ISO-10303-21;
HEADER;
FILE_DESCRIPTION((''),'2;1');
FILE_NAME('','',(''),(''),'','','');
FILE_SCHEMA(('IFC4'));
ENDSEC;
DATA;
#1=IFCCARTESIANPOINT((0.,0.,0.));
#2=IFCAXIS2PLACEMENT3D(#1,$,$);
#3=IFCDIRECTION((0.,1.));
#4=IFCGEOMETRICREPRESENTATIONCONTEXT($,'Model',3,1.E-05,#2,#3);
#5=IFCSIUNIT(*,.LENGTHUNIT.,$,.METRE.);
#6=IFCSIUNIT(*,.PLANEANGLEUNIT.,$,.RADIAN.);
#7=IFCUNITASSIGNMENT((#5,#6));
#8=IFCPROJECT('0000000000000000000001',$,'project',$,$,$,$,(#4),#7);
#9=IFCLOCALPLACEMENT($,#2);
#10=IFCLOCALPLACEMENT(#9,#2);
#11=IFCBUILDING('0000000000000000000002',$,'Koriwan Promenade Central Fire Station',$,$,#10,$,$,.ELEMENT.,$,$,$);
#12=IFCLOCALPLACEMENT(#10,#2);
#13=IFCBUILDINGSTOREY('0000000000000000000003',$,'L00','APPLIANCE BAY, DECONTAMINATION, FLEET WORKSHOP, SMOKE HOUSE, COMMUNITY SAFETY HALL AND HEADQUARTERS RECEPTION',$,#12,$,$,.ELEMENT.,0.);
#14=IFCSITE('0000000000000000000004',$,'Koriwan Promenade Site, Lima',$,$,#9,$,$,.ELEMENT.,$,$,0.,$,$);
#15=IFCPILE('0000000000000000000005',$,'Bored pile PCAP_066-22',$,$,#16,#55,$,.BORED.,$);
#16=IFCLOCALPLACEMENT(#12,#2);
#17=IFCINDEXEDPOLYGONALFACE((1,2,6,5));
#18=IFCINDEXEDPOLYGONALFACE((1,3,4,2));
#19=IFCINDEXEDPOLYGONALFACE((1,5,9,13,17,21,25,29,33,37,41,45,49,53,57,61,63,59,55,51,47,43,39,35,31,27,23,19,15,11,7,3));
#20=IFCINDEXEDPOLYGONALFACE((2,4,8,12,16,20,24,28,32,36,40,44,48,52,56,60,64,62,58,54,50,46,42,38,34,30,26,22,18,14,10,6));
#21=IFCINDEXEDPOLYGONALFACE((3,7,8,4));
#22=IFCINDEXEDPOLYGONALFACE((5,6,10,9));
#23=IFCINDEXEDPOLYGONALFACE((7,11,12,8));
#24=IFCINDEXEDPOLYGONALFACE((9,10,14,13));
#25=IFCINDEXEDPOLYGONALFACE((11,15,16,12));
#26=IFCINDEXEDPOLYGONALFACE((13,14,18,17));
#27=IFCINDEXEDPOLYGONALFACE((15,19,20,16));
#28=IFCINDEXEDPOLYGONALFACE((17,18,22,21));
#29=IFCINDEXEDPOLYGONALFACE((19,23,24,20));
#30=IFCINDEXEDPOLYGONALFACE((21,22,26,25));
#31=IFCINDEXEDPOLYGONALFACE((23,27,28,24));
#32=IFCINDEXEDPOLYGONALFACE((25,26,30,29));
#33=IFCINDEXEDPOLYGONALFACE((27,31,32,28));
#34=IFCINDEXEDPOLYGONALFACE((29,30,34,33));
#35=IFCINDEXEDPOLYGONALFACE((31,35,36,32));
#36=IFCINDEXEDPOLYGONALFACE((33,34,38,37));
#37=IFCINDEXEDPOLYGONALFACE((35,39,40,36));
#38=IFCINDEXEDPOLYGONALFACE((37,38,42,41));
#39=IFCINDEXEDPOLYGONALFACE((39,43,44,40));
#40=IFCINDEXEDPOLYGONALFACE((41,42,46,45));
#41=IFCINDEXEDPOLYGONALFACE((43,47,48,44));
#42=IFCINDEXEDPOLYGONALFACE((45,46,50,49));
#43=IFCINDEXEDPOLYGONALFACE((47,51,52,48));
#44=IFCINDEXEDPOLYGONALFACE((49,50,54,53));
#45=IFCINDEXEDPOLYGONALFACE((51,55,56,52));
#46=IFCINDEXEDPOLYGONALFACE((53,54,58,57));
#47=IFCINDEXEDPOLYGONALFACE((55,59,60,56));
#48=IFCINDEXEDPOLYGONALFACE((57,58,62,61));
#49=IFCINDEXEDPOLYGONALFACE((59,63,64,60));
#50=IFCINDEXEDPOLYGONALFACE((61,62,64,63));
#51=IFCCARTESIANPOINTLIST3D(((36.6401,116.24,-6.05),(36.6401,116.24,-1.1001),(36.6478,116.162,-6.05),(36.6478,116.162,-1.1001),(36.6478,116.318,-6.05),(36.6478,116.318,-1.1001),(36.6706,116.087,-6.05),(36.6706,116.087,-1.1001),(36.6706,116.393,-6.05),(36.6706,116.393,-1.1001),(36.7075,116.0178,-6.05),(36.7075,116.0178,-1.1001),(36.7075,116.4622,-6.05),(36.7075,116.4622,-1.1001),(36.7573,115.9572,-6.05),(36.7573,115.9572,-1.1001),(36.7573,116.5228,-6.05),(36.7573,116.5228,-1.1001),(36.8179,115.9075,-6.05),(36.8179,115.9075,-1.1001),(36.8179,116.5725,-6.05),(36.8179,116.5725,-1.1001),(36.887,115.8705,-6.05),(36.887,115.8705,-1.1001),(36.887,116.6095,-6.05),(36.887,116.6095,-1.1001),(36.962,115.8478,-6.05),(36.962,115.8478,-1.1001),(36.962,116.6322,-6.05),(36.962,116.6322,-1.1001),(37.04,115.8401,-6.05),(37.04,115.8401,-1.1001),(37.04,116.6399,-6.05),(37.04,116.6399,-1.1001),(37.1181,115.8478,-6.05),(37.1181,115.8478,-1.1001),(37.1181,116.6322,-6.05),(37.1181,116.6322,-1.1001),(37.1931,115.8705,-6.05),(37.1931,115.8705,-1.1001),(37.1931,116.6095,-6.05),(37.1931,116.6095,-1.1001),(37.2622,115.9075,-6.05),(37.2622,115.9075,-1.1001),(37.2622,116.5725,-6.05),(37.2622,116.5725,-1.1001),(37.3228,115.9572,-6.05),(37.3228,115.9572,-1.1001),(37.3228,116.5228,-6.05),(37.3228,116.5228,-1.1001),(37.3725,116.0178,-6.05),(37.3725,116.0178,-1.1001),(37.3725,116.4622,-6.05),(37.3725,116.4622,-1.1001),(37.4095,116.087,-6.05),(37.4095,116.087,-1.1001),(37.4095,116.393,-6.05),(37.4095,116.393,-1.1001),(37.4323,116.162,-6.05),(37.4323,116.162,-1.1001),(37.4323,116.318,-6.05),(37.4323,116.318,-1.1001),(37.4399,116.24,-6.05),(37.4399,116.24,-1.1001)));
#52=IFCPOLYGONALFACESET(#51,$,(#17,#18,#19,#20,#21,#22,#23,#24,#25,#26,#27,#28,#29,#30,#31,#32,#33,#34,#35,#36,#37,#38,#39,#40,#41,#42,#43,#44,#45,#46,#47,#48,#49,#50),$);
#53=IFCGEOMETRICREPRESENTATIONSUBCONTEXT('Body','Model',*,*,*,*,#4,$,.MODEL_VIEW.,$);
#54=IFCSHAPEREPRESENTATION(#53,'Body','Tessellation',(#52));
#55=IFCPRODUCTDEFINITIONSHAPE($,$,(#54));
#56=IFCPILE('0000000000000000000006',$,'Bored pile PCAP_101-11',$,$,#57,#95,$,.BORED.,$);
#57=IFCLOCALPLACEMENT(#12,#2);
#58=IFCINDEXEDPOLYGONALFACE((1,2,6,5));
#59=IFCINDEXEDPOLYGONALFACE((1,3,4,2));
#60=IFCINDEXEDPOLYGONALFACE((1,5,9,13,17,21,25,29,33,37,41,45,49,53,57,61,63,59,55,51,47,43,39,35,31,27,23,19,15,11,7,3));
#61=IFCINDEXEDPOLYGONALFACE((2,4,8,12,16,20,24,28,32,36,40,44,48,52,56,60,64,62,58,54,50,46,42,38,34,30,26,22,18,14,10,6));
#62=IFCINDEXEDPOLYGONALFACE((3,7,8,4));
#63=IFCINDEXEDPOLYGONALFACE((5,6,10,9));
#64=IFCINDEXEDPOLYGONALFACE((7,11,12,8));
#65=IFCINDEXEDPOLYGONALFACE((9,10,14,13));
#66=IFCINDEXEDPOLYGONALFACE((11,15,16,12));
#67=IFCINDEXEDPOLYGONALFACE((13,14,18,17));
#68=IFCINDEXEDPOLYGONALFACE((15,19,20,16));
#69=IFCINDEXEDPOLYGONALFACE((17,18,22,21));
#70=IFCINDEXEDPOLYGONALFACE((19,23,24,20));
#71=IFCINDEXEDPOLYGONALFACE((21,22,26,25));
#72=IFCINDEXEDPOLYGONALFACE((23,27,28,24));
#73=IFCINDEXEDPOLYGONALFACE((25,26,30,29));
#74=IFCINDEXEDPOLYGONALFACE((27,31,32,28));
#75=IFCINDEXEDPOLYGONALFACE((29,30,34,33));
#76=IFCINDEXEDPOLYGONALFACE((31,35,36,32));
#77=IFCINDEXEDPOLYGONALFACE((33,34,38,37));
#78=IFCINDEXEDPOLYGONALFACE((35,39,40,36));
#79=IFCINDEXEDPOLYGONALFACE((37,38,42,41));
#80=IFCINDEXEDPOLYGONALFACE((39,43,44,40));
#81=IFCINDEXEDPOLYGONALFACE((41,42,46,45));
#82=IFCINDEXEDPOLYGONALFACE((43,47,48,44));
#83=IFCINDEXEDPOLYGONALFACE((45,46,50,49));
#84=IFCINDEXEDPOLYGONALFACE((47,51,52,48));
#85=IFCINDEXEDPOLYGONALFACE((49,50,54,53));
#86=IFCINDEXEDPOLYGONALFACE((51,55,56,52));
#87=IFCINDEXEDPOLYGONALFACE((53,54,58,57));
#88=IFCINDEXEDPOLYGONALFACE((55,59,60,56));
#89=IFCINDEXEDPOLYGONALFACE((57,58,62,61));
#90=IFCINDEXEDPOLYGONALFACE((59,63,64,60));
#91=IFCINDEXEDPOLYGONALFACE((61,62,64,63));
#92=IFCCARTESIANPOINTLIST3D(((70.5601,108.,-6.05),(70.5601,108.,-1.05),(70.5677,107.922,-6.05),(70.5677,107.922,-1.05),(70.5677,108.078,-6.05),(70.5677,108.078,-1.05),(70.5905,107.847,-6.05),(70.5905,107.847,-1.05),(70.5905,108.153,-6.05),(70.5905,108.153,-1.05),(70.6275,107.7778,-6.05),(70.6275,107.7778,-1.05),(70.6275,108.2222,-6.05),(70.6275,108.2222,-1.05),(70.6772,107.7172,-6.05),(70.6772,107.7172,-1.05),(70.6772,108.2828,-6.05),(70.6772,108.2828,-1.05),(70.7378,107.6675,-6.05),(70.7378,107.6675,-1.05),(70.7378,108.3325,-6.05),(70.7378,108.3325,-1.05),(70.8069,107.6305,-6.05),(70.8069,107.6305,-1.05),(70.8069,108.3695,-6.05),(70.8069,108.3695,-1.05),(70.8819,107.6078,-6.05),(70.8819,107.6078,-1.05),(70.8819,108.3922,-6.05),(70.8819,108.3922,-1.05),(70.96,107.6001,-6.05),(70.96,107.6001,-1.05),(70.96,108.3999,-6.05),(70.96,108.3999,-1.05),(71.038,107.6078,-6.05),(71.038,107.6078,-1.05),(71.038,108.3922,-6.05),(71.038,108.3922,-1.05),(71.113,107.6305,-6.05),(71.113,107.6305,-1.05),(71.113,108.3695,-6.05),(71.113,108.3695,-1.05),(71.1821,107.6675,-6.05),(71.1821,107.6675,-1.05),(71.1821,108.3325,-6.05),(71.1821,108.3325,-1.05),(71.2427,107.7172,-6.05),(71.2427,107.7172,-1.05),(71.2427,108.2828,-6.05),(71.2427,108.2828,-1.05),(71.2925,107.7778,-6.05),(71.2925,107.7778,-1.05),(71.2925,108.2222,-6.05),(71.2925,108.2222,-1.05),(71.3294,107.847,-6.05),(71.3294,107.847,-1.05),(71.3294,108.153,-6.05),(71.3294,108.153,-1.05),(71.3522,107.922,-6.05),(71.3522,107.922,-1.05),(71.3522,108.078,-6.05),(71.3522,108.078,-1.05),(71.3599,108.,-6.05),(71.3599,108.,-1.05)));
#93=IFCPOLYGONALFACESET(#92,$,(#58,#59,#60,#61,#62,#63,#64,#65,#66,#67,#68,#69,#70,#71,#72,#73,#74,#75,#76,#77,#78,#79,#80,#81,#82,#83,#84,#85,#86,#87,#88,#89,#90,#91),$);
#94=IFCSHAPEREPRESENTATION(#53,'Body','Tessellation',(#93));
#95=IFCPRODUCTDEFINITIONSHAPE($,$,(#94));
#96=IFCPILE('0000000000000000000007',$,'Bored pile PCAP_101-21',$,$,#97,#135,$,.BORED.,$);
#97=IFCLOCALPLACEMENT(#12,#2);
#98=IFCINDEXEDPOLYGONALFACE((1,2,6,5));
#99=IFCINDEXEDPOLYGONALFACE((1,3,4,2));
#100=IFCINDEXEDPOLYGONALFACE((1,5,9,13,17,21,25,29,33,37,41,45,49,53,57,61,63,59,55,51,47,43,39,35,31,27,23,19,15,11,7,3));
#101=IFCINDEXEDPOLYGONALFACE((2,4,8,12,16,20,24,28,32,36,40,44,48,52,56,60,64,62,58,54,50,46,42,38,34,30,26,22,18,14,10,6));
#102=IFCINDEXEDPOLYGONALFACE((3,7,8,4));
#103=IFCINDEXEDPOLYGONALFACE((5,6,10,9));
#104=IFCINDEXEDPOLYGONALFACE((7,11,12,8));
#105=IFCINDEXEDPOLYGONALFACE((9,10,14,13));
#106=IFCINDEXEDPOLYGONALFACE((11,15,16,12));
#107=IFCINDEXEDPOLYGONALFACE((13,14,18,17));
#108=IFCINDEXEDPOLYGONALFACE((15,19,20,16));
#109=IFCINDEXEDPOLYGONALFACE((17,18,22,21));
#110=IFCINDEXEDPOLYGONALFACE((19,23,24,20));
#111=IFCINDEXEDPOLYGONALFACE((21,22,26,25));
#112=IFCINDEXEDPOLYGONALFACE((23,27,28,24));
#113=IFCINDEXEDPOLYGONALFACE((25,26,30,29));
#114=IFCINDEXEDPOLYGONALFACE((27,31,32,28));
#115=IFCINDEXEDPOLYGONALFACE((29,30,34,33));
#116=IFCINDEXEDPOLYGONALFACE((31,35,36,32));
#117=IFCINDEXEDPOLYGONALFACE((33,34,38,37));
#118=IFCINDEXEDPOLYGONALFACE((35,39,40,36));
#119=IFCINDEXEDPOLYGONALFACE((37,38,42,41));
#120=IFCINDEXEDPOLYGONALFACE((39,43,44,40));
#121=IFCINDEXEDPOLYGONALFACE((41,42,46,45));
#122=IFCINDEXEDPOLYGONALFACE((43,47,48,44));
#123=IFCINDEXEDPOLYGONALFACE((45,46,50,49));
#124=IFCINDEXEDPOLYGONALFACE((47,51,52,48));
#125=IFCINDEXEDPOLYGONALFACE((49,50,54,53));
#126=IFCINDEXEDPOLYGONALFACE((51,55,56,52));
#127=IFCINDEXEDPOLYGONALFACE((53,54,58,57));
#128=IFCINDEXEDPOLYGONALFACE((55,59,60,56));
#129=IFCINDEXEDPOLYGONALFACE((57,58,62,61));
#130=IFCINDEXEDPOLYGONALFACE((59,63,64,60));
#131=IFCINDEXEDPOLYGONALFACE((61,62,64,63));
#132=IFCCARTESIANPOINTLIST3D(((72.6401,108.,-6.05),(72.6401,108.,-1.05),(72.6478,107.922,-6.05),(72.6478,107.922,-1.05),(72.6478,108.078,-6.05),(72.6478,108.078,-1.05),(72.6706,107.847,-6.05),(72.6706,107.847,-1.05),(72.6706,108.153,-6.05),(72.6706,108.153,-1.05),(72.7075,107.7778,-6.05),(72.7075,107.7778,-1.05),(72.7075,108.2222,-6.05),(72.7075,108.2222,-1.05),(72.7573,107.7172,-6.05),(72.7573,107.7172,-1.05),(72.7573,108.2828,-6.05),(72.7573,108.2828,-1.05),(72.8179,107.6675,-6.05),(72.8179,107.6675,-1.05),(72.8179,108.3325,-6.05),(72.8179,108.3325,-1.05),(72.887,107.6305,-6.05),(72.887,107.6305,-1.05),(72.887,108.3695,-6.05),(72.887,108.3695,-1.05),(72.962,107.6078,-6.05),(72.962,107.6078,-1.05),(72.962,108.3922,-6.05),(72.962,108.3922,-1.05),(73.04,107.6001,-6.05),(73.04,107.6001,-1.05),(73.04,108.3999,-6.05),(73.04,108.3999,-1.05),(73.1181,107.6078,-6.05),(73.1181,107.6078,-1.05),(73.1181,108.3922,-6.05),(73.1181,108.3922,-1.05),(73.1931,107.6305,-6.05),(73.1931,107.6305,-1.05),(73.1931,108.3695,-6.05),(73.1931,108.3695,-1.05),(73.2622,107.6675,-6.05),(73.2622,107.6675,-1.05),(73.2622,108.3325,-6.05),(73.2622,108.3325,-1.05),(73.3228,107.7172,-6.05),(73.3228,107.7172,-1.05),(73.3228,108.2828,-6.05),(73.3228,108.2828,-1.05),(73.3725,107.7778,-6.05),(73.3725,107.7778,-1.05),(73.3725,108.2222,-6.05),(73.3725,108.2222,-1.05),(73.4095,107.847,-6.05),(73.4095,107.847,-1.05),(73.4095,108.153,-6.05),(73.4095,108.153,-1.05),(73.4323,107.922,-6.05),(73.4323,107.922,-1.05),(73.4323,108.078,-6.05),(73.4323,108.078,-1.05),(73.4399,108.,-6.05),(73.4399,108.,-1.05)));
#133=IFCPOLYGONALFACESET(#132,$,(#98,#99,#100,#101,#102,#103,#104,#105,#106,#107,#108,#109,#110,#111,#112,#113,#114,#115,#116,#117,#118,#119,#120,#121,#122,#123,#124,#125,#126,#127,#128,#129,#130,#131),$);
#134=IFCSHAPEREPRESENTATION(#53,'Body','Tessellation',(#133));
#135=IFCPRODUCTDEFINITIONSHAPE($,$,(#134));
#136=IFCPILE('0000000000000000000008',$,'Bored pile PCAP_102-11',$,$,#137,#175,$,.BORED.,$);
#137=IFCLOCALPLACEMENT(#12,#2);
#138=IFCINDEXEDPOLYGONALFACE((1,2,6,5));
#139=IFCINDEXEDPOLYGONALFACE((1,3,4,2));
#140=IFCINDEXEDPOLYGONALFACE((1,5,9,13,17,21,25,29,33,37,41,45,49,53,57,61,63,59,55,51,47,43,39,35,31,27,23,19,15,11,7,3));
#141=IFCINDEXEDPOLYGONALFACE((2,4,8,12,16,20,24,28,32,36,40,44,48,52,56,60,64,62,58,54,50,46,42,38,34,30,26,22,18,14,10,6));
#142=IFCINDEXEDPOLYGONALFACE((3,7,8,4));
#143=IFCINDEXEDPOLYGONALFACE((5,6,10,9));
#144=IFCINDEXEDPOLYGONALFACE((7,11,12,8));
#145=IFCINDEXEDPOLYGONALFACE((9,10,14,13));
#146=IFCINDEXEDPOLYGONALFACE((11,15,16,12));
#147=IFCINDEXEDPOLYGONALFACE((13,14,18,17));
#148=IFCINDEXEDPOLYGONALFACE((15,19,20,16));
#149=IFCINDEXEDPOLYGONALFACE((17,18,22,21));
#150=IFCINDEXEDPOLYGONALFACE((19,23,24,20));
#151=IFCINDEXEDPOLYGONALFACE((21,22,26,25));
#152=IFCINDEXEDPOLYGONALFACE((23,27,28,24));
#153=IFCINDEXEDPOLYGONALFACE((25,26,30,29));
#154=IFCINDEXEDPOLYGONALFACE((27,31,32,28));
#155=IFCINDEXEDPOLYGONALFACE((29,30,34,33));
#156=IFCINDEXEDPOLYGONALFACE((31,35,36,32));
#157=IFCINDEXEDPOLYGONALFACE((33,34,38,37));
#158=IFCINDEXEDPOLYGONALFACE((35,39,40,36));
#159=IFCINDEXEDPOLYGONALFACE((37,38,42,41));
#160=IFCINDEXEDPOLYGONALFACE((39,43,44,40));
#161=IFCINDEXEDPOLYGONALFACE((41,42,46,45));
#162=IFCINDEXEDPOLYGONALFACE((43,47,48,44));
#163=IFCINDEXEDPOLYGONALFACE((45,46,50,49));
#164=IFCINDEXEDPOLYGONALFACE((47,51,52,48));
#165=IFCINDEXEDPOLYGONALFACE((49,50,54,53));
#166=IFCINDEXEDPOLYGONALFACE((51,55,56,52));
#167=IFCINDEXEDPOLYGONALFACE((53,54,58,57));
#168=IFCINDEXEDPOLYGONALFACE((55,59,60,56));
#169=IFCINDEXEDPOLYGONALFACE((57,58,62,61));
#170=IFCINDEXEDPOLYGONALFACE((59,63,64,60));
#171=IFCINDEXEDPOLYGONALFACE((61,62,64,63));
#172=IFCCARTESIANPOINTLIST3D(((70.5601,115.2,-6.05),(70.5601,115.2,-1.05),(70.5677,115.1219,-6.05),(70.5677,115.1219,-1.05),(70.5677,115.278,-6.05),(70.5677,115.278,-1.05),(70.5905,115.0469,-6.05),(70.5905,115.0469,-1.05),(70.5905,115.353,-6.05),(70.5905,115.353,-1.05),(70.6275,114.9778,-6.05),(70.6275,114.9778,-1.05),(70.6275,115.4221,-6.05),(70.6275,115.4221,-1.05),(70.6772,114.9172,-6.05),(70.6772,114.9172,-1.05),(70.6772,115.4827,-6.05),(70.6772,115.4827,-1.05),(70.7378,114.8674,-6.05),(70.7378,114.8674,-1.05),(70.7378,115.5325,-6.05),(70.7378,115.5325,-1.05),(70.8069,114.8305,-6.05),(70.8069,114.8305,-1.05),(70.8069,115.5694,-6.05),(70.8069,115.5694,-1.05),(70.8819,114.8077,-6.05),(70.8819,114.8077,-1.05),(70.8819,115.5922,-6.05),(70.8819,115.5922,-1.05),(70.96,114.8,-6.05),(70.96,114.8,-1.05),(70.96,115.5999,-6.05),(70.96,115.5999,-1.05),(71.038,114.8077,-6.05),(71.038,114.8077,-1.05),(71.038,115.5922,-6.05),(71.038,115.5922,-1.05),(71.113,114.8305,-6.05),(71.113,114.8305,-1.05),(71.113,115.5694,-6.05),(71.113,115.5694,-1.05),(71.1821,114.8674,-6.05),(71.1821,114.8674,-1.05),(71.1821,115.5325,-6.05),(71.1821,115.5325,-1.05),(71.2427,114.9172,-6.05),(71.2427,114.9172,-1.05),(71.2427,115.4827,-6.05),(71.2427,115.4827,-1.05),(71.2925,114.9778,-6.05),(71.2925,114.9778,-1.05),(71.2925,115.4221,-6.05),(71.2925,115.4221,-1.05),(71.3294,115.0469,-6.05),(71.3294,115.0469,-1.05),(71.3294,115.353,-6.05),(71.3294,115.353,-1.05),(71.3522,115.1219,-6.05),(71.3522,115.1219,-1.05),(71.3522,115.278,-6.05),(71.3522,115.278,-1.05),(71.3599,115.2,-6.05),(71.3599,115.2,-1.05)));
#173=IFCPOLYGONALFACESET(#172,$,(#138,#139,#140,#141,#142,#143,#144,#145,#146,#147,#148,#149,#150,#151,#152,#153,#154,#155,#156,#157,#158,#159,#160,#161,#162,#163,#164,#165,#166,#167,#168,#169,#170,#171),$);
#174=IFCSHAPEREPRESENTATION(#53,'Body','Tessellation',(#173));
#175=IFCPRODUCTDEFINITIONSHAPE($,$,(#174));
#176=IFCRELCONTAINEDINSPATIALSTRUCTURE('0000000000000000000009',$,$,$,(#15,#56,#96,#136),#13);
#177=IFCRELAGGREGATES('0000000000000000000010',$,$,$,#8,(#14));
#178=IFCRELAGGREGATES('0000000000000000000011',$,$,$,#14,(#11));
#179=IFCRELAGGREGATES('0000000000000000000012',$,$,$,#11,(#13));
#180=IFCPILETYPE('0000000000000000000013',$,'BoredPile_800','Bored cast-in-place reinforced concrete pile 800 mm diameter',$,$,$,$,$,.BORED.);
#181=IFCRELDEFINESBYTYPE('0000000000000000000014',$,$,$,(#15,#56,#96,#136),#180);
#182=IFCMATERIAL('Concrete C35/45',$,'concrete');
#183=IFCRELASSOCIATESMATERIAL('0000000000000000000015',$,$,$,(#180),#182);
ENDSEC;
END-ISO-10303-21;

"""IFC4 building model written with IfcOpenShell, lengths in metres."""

from ifc_helpers import new_model, si_unit, direction, frame, origin, origin_2d, place, context, subcontext, project, spatial, circle, extrude, material, material_profile, profile_set, type_object, element, save


model = new_model("IFC4")

# Units and contexts
model_context = context("Model", 3, precision=1e-05, world=origin(), true_north=direction((0.0, 1.0)))
body_context = subcontext(model_context, "Body", "Model", "MODEL_VIEW")
ifc_project = project(units=[si_unit("LENGTHUNIT", "METRE"), si_unit("PLANEANGLEUNIT", "RADIAN")], contexts=[model_context])

# Site, building, storey
site_placement = place(None, origin())
site = spatial("IfcSite", under=ifc_project, at=site_placement, Name="Koriwan Promenade Site, Lima", CompositionType="ELEMENT", RefElevation=0.0)
building_placement = place(site_placement, origin())
building = spatial("IfcBuilding", under=site, at=building_placement, Name="Koriwan Promenade Central Fire Station", CompositionType="ELEMENT")
storey_placement = place(building_placement, origin())
storey = spatial("IfcBuildingStorey", under=building, at=storey_placement, Name="L00", Description="APPLIANCE BAY, DECONTAMINATION, FLEET WORKSHOP, SMOKE HOUSE, COMMUNITY SAFETY HALL AND HEADQUARTERS RECEPTION", CompositionType="ELEMENT", Elevation=0.0)

# Piles
ifc_material_1 = material(Name="Concrete C35/45", Category="concrete")
ifc_material_profile_1 = material_profile(ifc_material_1, circle(Radius=0.3999, at=origin_2d()), Name="PILE-D800")
ifc_profile_set_1 = profile_set([ifc_material_profile_1], Name="Concrete C35/45")
pile_type = type_object("IfcPileType", Name="BoredPile_800", Description="Bored cast-in-place reinforced concrete pile 800 mm diameter", PredefinedType="BORED", material=ifc_profile_set_1)
for number, where, z_axis, x_axis, name in (
    (1, (37.04, 116.24, -1.1001), (0.0, 0.0, -1.0), (1.0, 0.0, 0.0), "Bored pile PCAP_066-22"),
):
    element("IfcPile", number, at=place(storey_placement, frame(where, z_axis=z_axis, x_axis=x_axis)), inside=storey, type_object=pile_type, Name=name, PredefinedType="BORED", context=body_context, shape_type="SweptSolid", body=[
        extrude(circle(Radius=0.3999, at=origin_2d()), origin(), (0.0, 0.0, 1.0), 4.95),
    ])
for number, where, z_axis, x_axis, name in (
    (2, (70.96, 108.0, -1.05), (0.0, 0.0, -1.0), (1.0, 0.0, 0.0), "Bored pile PCAP_101-11"),
    (3, (73.04, 108.0, -1.05), (0.0, 0.0, -1.0), (1.0, 0.0, 0.0), "Bored pile PCAP_101-21"),
    (4, (70.96, 115.2, -1.05), (0.0, 0.0, -1.0), (1.0, 0.0, 0.0), "Bored pile PCAP_102-11"),
):
    element("IfcPile", number, at=place(storey_placement, frame(where, z_axis=z_axis, x_axis=x_axis)), inside=storey, type_object=pile_type, Name=name, PredefinedType="BORED", context=body_context, shape_type="SweptSolid", body=[
        extrude(circle(Radius=0.3999, at=origin_2d()), origin(), (0.0, 0.0, 1.0), 5.0),
    ])

save(model, "model.ifc")
